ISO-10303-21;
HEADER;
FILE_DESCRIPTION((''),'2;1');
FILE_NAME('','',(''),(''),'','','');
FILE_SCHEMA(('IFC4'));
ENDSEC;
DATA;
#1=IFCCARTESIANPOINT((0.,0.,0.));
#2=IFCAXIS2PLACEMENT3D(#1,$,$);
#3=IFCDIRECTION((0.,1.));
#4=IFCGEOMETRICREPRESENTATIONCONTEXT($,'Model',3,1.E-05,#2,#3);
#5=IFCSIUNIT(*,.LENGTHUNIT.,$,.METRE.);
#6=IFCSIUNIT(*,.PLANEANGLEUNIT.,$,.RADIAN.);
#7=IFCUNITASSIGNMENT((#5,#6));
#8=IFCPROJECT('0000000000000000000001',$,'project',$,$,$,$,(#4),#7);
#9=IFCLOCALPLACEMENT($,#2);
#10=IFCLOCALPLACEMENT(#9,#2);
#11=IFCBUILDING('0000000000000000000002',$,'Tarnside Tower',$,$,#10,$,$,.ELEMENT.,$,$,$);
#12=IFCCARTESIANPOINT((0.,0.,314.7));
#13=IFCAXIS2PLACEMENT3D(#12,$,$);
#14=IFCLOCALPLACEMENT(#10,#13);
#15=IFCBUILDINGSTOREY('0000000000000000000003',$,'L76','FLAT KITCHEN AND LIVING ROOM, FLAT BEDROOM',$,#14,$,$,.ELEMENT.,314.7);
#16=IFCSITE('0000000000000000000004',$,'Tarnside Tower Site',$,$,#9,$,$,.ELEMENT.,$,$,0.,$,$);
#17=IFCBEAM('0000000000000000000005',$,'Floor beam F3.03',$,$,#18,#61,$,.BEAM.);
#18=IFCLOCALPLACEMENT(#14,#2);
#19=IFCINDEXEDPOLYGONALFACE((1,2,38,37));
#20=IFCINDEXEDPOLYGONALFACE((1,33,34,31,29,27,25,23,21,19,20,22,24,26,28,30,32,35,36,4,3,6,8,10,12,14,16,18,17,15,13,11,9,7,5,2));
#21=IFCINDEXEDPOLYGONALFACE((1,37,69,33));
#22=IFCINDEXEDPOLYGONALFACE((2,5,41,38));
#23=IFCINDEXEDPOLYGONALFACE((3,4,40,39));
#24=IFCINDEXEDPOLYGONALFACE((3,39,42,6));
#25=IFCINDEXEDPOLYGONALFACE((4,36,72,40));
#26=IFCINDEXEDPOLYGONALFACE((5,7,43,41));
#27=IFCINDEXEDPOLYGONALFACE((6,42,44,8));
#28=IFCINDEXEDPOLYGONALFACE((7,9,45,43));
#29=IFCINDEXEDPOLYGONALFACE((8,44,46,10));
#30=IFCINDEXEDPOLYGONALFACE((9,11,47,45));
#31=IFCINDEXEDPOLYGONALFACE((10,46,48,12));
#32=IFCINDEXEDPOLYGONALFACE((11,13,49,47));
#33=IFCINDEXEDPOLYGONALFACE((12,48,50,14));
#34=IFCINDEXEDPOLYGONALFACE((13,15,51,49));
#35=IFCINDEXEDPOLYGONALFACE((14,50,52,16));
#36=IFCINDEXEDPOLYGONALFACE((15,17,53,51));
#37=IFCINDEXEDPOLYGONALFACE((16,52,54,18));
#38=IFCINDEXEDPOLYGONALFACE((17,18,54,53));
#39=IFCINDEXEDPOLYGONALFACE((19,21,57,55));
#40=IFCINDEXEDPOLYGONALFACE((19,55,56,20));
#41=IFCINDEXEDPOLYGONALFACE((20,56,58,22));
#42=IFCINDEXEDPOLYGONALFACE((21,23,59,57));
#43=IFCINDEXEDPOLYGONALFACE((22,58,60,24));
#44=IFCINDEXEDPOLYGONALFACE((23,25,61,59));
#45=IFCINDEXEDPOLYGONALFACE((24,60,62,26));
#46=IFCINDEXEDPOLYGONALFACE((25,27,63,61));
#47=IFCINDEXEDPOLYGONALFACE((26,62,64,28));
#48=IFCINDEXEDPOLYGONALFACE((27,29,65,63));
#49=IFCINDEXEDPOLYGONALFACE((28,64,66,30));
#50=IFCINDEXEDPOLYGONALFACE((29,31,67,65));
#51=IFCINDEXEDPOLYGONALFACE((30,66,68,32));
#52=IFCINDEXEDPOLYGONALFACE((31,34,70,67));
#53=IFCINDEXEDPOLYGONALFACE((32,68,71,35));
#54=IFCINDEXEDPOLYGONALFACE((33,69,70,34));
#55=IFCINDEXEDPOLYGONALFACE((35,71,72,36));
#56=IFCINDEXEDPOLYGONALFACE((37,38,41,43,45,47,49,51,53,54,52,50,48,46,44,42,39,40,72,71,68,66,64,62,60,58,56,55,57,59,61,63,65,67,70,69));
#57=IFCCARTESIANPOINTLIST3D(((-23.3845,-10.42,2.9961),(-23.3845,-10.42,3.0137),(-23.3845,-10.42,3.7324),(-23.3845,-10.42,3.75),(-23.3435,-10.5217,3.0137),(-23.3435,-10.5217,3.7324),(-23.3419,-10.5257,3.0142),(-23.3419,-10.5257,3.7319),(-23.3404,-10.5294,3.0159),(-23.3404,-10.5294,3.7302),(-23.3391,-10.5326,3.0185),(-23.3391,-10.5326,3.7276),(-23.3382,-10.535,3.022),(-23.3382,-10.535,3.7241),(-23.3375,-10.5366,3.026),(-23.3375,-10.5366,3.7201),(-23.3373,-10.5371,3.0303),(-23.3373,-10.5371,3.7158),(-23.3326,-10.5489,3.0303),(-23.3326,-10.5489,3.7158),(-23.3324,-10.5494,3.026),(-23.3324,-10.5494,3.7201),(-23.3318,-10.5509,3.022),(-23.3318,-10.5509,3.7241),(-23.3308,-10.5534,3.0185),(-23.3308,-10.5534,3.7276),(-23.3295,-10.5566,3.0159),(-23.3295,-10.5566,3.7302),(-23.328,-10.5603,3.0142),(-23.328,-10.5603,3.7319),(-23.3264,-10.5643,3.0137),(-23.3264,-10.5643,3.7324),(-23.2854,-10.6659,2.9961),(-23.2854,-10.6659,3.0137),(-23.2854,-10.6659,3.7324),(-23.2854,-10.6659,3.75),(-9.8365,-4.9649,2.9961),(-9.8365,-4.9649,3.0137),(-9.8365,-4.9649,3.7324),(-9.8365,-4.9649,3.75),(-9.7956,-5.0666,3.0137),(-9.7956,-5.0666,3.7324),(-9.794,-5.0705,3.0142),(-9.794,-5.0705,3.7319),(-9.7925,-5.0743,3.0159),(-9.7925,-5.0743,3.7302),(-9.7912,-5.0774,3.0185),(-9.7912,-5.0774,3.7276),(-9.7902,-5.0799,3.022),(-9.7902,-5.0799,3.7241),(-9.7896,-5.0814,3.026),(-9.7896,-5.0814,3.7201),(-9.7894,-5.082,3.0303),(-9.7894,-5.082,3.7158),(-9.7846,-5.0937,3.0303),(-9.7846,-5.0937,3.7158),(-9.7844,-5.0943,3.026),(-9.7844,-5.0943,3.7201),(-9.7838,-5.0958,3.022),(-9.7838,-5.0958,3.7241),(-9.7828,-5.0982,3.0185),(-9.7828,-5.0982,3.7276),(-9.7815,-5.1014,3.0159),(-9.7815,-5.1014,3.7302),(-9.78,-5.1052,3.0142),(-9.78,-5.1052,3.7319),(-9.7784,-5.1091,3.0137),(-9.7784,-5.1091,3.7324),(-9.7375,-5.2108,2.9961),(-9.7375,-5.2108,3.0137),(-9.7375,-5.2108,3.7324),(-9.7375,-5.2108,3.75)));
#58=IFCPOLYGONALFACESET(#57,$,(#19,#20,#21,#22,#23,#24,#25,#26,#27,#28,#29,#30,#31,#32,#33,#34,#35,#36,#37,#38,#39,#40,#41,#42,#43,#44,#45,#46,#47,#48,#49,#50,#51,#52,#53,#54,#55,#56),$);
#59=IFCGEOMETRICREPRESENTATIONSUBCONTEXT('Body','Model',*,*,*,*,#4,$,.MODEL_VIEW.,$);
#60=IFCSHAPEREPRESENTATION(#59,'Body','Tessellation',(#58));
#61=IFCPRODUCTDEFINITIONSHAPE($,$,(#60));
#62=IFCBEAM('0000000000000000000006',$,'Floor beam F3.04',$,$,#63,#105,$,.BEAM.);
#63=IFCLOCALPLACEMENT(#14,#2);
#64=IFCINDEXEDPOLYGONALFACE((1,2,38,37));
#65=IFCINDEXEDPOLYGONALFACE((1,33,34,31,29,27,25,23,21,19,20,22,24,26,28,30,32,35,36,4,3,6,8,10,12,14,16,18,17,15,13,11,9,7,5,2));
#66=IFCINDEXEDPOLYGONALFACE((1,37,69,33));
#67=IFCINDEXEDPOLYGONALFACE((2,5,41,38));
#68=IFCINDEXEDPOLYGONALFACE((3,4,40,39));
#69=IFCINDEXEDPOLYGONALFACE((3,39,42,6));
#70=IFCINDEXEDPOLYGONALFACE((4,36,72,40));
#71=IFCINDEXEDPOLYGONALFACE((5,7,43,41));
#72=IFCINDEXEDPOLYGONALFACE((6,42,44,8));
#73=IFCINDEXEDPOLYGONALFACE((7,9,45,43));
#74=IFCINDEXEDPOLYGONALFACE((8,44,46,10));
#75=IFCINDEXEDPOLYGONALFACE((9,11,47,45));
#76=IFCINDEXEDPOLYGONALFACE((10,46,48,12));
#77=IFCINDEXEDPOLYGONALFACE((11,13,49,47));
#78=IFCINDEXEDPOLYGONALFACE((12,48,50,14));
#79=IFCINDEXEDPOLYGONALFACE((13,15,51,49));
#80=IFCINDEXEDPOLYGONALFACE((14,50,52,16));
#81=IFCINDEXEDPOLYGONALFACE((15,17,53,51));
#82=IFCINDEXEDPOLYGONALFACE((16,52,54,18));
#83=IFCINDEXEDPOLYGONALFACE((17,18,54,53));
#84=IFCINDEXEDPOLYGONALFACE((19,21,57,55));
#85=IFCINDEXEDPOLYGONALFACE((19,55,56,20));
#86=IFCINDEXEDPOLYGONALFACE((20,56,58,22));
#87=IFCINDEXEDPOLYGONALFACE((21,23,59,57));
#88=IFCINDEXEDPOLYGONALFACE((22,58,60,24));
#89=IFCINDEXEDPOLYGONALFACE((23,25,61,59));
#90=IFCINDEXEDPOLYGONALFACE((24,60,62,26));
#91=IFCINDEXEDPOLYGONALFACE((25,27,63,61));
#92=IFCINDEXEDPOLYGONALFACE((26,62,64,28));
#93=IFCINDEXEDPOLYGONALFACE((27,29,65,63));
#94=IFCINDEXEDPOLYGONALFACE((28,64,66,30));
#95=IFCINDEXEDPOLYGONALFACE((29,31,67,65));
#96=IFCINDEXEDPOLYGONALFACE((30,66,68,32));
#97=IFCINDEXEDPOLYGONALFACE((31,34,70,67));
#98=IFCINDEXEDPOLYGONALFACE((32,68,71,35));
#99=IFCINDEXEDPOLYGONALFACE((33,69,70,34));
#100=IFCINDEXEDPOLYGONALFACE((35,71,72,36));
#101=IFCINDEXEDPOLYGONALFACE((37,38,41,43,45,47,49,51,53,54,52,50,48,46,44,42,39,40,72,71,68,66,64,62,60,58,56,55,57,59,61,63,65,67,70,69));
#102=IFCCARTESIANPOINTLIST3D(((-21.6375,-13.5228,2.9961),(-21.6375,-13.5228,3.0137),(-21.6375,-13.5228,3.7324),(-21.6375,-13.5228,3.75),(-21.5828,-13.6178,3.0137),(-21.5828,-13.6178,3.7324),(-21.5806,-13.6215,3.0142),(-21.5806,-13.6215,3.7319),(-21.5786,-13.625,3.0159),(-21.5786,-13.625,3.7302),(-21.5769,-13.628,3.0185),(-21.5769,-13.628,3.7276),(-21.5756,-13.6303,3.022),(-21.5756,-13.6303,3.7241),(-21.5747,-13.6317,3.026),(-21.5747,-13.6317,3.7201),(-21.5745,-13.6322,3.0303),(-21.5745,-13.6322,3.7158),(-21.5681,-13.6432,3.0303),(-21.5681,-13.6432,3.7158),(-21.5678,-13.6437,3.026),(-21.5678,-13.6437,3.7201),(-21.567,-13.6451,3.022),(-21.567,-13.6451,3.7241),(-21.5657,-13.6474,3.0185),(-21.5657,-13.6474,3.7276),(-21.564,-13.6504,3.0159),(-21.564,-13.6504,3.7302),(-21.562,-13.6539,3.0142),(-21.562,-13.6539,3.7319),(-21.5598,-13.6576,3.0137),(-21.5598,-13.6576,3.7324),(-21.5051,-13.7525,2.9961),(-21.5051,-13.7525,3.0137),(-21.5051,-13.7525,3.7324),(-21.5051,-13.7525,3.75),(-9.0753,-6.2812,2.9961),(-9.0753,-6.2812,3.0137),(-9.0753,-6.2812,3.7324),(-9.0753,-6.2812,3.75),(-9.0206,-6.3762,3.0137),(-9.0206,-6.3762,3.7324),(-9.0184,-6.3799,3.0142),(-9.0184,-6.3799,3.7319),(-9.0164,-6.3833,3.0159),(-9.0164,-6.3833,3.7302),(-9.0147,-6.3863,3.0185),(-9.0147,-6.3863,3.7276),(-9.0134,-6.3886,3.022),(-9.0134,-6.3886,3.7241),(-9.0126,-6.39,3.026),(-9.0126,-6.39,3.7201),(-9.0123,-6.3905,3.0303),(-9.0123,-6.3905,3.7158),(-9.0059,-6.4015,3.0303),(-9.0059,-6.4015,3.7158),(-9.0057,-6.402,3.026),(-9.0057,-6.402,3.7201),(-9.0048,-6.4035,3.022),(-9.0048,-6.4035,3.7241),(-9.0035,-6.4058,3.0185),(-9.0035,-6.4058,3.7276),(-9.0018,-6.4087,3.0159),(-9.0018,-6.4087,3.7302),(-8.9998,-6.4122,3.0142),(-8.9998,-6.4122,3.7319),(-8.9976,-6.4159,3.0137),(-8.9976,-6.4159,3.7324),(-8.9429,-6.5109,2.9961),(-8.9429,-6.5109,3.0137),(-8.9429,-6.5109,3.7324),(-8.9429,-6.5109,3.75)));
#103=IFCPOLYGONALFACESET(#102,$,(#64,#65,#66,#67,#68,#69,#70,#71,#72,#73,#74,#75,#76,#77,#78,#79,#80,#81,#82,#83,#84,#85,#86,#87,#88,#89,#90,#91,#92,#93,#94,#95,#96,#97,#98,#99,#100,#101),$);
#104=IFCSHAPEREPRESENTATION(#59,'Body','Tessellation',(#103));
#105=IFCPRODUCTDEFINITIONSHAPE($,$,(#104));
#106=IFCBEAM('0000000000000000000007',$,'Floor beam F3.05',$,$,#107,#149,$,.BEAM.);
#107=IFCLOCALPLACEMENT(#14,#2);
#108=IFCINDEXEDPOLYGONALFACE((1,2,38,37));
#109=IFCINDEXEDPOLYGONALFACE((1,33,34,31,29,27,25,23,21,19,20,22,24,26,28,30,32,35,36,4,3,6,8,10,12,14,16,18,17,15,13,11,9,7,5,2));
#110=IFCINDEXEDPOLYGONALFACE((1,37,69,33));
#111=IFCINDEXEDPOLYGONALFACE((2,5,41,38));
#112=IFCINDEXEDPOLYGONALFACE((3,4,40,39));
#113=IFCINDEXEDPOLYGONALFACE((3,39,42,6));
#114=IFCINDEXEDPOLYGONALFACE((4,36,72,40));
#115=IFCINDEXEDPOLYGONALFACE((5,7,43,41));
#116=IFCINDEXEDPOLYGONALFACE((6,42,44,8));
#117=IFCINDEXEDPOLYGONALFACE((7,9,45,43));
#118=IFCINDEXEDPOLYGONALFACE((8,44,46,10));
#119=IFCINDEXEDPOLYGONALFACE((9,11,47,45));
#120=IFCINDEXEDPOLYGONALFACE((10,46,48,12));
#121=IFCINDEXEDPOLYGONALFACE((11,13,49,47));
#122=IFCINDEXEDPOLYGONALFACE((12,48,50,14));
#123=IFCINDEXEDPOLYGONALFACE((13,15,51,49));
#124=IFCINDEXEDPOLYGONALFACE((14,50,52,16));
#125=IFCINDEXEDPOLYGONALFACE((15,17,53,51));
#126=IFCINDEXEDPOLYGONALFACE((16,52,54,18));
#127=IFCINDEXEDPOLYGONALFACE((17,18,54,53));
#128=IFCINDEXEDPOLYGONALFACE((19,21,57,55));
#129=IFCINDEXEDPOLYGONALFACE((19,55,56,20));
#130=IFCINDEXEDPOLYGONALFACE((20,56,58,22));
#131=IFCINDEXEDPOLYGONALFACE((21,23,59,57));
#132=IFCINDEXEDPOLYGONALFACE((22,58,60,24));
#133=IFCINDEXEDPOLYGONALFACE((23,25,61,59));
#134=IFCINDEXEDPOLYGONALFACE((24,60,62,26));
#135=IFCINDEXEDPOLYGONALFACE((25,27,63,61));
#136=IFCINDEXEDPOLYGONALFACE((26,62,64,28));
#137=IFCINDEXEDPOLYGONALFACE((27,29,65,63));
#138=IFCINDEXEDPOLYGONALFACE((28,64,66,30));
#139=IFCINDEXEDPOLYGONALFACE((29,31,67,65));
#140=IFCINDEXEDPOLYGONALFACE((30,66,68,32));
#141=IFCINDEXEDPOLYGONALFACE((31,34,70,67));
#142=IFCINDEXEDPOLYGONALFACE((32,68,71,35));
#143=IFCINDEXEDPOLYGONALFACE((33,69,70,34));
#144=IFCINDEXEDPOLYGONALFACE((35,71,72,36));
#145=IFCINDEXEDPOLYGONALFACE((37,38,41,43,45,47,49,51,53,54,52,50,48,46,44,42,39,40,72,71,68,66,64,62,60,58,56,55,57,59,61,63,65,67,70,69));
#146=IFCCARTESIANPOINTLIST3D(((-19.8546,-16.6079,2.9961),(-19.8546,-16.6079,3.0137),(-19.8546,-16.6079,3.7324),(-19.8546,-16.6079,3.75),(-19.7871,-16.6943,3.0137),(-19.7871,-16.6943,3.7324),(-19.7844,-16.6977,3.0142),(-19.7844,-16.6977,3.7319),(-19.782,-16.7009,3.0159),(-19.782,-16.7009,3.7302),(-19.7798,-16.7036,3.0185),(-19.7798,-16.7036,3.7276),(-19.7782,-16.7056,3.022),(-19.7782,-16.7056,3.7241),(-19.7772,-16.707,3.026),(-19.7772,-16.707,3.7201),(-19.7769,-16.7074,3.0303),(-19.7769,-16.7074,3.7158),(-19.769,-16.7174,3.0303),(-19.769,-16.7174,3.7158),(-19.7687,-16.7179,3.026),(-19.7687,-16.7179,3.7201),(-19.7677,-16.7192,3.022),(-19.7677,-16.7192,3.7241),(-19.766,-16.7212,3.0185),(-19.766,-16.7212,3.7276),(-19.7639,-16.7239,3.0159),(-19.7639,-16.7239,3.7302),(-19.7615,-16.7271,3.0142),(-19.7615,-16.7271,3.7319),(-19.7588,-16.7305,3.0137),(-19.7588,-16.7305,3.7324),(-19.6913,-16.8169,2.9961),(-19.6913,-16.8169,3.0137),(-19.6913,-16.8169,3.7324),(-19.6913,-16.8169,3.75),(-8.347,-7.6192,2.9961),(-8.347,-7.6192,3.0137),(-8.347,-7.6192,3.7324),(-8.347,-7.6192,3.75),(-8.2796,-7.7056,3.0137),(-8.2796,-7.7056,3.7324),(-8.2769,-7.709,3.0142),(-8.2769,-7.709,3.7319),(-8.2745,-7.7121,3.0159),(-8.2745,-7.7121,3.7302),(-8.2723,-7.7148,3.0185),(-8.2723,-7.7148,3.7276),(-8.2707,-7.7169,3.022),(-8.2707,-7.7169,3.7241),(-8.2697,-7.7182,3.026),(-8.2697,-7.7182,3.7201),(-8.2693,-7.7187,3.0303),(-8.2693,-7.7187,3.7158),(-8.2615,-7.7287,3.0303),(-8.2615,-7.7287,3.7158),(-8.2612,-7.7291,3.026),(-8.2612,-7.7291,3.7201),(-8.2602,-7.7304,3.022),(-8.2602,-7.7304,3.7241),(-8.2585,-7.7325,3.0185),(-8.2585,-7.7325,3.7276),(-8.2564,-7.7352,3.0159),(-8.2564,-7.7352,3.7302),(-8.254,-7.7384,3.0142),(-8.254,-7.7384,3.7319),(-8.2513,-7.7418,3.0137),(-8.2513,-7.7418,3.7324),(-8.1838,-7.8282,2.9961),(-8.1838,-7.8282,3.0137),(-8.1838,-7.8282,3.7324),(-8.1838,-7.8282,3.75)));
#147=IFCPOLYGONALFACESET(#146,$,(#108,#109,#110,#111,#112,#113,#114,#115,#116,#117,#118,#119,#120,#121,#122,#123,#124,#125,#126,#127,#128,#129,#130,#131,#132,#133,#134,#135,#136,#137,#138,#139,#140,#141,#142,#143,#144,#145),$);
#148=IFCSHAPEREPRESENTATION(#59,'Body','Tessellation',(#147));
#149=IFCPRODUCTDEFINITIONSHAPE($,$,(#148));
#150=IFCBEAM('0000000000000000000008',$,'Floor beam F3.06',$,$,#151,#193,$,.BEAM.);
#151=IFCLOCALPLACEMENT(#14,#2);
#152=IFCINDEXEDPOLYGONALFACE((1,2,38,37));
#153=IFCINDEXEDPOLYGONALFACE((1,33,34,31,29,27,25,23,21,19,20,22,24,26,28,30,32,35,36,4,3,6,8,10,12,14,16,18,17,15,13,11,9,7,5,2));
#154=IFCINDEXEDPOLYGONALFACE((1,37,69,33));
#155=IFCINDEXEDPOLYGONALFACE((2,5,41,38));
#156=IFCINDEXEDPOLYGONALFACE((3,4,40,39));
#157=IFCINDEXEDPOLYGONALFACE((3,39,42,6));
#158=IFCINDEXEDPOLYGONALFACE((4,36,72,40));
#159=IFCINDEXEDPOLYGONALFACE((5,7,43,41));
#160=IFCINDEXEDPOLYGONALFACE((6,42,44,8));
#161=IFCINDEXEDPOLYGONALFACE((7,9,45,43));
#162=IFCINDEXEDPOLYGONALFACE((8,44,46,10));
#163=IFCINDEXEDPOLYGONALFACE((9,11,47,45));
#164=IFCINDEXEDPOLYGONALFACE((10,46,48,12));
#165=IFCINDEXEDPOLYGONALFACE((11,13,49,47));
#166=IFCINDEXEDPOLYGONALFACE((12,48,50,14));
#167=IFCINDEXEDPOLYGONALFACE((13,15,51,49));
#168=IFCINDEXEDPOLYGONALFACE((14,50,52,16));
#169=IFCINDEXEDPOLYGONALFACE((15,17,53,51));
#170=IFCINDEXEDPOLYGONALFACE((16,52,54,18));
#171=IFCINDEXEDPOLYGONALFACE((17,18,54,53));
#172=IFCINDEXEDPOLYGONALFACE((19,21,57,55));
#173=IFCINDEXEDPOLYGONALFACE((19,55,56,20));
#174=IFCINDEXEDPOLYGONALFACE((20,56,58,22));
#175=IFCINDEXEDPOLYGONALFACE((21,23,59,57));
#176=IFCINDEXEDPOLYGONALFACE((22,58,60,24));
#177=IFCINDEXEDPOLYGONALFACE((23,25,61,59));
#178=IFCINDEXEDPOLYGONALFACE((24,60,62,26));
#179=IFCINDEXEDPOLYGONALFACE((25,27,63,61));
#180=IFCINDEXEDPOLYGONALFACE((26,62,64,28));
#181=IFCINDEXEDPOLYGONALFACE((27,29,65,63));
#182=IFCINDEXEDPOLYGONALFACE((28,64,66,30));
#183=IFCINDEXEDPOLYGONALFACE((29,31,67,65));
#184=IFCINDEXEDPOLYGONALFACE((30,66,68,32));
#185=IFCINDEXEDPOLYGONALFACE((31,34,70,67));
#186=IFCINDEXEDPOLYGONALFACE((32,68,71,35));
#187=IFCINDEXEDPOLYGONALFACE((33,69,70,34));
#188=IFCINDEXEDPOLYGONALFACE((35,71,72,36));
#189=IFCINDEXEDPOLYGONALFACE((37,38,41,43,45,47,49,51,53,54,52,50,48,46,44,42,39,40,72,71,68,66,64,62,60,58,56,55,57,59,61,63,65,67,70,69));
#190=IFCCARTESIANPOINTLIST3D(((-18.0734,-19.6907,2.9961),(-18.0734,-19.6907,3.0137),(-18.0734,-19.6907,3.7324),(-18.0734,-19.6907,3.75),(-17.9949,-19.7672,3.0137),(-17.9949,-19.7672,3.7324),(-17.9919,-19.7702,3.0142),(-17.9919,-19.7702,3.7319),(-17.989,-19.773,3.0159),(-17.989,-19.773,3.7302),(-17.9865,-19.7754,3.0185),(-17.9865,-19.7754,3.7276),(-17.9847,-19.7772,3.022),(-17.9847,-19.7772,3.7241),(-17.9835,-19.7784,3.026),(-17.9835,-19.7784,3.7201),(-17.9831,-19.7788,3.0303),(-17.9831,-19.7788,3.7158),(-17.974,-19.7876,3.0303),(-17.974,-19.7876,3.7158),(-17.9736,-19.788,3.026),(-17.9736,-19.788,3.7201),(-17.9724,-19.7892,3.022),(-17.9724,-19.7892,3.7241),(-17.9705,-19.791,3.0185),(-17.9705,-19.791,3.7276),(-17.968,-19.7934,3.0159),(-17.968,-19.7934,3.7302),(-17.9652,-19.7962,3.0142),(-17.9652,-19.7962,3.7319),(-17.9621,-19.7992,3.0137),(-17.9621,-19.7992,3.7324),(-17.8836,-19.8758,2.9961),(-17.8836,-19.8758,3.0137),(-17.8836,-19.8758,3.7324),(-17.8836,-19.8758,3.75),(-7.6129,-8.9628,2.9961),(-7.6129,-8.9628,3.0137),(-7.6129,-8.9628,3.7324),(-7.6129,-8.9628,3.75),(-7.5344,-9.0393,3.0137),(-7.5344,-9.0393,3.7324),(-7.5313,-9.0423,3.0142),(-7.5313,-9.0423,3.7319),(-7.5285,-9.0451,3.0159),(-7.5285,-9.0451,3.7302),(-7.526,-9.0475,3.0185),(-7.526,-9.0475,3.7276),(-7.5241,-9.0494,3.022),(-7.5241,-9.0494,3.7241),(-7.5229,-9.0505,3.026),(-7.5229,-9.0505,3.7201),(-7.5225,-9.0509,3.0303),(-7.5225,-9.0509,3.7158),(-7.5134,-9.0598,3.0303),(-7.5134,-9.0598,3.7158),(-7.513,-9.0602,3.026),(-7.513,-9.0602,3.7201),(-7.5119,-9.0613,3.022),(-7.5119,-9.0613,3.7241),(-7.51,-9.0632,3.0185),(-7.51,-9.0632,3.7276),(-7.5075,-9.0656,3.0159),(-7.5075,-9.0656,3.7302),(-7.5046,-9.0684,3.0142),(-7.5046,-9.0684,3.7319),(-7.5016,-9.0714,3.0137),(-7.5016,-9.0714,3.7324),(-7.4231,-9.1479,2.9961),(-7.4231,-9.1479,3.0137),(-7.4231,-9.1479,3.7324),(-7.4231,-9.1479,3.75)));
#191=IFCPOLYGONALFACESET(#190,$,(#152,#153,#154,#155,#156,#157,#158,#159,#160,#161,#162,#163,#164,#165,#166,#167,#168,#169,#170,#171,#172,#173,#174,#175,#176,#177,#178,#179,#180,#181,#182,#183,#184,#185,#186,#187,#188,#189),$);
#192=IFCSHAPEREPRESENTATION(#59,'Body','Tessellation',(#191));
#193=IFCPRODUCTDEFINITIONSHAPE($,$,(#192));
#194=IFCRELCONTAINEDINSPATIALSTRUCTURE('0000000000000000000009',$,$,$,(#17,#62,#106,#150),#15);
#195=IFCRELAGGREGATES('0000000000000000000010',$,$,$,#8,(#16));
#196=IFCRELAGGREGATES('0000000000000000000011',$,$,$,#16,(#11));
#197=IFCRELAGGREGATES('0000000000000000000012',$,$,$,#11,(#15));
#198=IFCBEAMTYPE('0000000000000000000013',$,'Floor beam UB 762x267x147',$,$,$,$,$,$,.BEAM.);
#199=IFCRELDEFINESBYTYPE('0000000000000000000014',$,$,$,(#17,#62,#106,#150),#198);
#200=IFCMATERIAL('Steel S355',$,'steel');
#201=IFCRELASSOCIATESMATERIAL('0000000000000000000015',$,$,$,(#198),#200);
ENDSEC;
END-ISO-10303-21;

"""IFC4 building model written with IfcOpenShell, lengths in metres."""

from ifc_helpers import new_model, si_unit, direction, frame, origin, origin_2d, place, context, subcontext, project, spatial, i_section, extrude, material, material_profile, profile_set, type_object, element, save


model = new_model("IFC4")

# Units and contexts
model_context = context("Model", 3, precision=1e-05, world=origin(), true_north=direction((0.0, 1.0)))
body_context = subcontext(model_context, "Body", "Model", "MODEL_VIEW")
ifc_project = project(units=[si_unit("LENGTHUNIT", "METRE"), si_unit("PLANEANGLEUNIT", "RADIAN")], contexts=[model_context])

# Site, building, storey
site_placement = place(None, origin())
site = spatial("IfcSite", under=ifc_project, at=site_placement, Name="Tarnside Tower Site", CompositionType="ELEMENT", RefElevation=0.0)
building_placement = place(site_placement, origin())
building = spatial("IfcBuilding", under=site, at=building_placement, Name="Tarnside Tower", CompositionType="ELEMENT")
storey_placement = place(building_placement, frame((0.0, 0.0, 314.7)))
storey = spatial("IfcBuildingStorey", under=building, at=storey_placement, Name="L76", Description="FLAT KITCHEN AND LIVING ROOM, FLAT BEDROOM", CompositionType="ELEMENT", Elevation=314.7)

# Beams
ifc_material_1 = material(Name="Steel S355", Category="steel")
ifc_material_profile_1 = material_profile(ifc_material_1, i_section(OverallWidth=0.2651, OverallDepth=0.7539, WebThickness=0.0127, FlangeThickness=0.0176, FilletRadius=0.0166, at=origin_2d()), Name="UB 762x267x147")
ifc_profile_set_1 = profile_set([ifc_material_profile_1], Name="Steel S355")
beam_type_1 = type_object("IfcBeamType", Name="Floor beam UB 762x267x147", PredefinedType="BEAM", material=ifc_profile_set_1)
beam_1_placement = place(storey_placement, frame((-23.335, -10.543, 3.373), z_axis=(0.927626, 0.373511, 0.0), x_axis=(-0.373511, 0.927626, 0.0)))
element("IfcBeam", 1, at=beam_1_placement, inside=storey, type_object=beam_type_1, Name="Floor beam F3.03", PredefinedType="BEAM", context=body_context, shape_type="SweptSolid", body=[
    extrude(i_section(OverallWidth=0.2651, OverallDepth=0.7539, WebThickness=0.0127, FlangeThickness=0.0176, FilletRadius=0.0166, at=origin_2d()), origin(), (0.0, 0.0, 1.0), 14.605),
])
beam_2_placement = place(storey_placement, frame((-21.5713, -13.6377, 3.373), z_axis=(0.866357, 0.499425, 0.0), x_axis=(-0.499425, 0.866357, 0.0)))
element("IfcBeam", 2, at=beam_2_placement, inside=storey, type_object=beam_type_1, Name="Floor beam F3.04", PredefinedType="BEAM", context=body_context, shape_type="SweptSolid", body=[
    extrude(i_section(OverallWidth=0.2651, OverallDepth=0.7539, WebThickness=0.0127, FlangeThickness=0.0176, FilletRadius=0.0166, at=origin_2d()), origin(), (0.0, 0.0, 1.0), 14.5),
])
beam_3_placement = place(storey_placement, frame((-19.7729, -16.7124, 3.373), z_axis=(0.788075, 0.615579, 0.0), x_axis=(-0.615579, 0.788075, 0.0)))
element("IfcBeam", 3, at=beam_3_placement, inside=storey, type_object=beam_type_1, Name="Floor beam F3.05", PredefinedType="BEAM", context=body_context, shape_type="SweptSolid", body=[
    extrude(i_section(OverallWidth=0.2651, OverallDepth=0.7539, WebThickness=0.0127, FlangeThickness=0.0176, FilletRadius=0.0166, at=origin_2d()), origin(), (0.0, 0.0, 1.0), 14.6021),
])
beam_4_placement = place(storey_placement, frame((-17.9785, -19.7832, 3.373), z_axis=(0.69813, 0.715971, 0.0), x_axis=(-0.715971, 0.69813, 0.0)))
element("IfcBeam", 4, at=beam_4_placement, inside=storey, type_object=beam_type_1, Name="Floor beam F3.06", PredefinedType="BEAM", context=body_context, shape_type="SweptSolid", body=[
    extrude(i_section(OverallWidth=0.2651, OverallDepth=0.7539, WebThickness=0.0127, FlangeThickness=0.0176, FilletRadius=0.0166, at=origin_2d()), origin(), (0.0, 0.0, 1.0), 14.9836),
])

save(model, "model.ifc")
